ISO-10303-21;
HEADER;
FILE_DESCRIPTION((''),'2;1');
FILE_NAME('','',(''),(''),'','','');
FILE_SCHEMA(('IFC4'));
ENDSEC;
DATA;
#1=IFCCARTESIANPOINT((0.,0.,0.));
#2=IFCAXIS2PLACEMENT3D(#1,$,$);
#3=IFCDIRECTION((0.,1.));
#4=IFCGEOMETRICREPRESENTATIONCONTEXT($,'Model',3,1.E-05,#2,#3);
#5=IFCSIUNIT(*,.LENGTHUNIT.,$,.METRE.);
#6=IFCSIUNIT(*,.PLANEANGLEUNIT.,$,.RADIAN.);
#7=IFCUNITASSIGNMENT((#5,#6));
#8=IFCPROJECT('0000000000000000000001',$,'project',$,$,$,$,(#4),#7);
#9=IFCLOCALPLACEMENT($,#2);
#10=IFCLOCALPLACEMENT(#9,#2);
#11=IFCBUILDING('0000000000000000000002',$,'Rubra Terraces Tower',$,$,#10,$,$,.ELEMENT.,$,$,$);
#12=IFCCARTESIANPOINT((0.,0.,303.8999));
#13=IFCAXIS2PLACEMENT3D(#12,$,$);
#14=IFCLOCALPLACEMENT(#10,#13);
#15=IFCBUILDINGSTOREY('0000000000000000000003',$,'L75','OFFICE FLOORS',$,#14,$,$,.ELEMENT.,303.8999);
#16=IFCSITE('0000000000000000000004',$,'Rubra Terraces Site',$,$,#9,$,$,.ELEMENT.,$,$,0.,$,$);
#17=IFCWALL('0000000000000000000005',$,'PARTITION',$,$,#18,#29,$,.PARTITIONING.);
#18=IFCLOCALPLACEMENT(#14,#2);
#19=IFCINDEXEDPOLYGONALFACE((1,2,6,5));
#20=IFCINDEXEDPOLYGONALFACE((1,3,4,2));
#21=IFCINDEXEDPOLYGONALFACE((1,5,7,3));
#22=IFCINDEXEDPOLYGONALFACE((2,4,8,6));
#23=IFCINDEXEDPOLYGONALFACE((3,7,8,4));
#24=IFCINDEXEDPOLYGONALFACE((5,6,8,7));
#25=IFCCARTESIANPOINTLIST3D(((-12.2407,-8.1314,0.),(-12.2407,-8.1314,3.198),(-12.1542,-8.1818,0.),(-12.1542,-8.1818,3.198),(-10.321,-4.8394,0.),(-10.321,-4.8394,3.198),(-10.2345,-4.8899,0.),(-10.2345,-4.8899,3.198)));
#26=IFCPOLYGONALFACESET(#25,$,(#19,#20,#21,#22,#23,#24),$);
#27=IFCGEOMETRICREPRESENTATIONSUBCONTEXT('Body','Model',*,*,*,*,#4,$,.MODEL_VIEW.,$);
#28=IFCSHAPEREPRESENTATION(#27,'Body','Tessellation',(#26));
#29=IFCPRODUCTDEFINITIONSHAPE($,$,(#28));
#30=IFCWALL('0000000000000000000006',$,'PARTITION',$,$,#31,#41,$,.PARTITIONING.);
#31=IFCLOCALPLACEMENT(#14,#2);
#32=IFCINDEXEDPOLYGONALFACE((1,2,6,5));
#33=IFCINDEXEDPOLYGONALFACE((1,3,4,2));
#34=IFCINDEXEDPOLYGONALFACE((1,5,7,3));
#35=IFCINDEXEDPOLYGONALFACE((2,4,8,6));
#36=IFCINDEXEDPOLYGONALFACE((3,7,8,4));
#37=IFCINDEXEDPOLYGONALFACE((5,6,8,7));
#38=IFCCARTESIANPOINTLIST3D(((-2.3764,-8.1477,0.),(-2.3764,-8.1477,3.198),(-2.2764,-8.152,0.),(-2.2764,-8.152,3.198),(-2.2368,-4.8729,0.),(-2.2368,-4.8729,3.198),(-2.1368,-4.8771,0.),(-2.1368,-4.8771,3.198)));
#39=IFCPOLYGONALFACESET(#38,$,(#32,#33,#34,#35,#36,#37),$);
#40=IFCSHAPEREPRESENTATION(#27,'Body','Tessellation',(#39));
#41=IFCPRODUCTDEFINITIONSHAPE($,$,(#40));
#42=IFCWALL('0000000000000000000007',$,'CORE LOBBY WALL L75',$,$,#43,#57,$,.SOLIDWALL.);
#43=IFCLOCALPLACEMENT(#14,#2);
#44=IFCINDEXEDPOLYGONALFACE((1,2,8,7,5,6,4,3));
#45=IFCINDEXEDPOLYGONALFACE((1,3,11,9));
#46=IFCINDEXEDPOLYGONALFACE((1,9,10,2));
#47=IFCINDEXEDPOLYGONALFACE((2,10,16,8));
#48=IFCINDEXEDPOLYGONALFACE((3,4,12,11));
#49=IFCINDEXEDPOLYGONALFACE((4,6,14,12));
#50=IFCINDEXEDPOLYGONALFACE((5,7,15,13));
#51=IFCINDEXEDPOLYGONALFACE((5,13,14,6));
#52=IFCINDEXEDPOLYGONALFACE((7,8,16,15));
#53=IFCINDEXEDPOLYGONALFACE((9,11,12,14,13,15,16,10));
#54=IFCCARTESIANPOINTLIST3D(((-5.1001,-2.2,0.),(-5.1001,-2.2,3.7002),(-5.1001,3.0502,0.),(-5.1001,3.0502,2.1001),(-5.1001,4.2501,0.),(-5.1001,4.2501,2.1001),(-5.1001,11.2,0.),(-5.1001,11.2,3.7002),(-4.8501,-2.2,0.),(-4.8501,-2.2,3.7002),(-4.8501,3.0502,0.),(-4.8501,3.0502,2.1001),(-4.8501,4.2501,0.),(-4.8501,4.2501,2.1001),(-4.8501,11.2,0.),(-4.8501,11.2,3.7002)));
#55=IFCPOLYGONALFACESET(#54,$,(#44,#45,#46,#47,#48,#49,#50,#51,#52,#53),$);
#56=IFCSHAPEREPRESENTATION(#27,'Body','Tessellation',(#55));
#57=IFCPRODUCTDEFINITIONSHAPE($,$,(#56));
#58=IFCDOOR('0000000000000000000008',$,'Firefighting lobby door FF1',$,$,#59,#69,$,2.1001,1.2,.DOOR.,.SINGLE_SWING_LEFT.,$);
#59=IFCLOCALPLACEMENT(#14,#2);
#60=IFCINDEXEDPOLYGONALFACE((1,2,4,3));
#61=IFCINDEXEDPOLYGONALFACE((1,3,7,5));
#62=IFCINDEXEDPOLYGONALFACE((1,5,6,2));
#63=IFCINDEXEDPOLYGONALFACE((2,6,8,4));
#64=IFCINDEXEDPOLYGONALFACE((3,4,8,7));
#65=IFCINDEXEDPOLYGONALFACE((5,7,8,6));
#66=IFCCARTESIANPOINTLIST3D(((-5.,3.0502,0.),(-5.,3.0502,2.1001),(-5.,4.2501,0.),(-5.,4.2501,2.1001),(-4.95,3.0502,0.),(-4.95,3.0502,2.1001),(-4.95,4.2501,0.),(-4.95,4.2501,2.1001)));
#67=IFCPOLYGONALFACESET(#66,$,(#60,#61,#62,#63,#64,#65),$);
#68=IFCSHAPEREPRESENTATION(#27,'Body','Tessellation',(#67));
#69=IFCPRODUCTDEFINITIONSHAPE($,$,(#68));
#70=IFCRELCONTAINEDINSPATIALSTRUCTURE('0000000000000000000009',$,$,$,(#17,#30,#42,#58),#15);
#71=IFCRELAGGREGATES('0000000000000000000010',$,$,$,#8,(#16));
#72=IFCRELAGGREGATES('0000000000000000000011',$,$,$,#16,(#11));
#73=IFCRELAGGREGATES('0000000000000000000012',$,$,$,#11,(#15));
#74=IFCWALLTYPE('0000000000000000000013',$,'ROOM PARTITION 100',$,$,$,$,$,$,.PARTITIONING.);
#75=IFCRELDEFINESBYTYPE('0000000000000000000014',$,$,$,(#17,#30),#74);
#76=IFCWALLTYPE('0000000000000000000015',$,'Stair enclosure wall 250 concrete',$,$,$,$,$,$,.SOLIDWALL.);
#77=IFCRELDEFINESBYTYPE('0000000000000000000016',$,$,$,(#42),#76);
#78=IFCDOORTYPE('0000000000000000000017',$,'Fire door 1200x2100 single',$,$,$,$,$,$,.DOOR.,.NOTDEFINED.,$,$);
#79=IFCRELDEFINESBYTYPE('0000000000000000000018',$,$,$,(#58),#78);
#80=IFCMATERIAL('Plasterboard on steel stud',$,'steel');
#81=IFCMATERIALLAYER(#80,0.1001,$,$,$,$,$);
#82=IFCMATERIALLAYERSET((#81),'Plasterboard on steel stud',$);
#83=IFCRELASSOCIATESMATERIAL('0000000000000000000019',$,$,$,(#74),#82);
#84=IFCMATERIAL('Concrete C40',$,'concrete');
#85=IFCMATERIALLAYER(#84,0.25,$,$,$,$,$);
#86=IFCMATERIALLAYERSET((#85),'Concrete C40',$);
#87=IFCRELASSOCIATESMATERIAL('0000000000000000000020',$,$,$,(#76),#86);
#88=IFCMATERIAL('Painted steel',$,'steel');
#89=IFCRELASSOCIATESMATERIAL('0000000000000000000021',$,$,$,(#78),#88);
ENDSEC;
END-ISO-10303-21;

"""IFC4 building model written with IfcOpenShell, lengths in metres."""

from ifc_helpers import new_model, si_unit, direction, frame, frame_2d, origin, place, context, subcontext, project, spatial, rectangle, extrude, material, layer, layer_set, type_object, element, fill, save


model = new_model("IFC4")

# Units and contexts
model_context = context("Model", 3, precision=1e-05, world=origin(), true_north=direction((0.0, 1.0)))
body_context = subcontext(model_context, "Body", "Model", "MODEL_VIEW")
ifc_project = project(units=[si_unit("LENGTHUNIT", "METRE"), si_unit("PLANEANGLEUNIT", "RADIAN")], contexts=[model_context])

# Site, building, storey
site_placement = place(None, origin())
site = spatial("IfcSite", under=ifc_project, at=site_placement, Name="Rubra Terraces Site", CompositionType="ELEMENT", RefElevation=0.0)
building_placement = place(site_placement, origin())
building = spatial("IfcBuilding", under=site, at=building_placement, Name="Rubra Terraces Tower", CompositionType="ELEMENT")
storey_placement = place(building_placement, frame((0.0, 0.0, 303.8999)))
storey = spatial("IfcBuildingStorey", under=building, at=storey_placement, Name="L75", Description="OFFICE FLOORS", CompositionType="ELEMENT", Elevation=303.8999)

# Shared definitions
ifc_material_1 = material(Name="Painted steel", Category="steel")

# Shared definitions
ifc_material_2 = material(Name="Plasterboard on steel stud", Category="steel")
ifc_layer_1 = layer(ifc_material_2, 0.1001)
ifc_layer_set_1 = layer_set([ifc_layer_1], Name="Plasterboard on steel stud")
wall_type_1 = type_object("IfcWallType", Name="ROOM PARTITION 100", PredefinedType="PARTITIONING", material=ifc_layer_set_1)

# Walls
wall_1_placement = place(storey_placement, frame((-10.2778, -4.8647, 0.0), z_axis=(0.0, 0.0, 1.0), x_axis=(-0.503744, -0.863853, 0.0)))
element("IfcWall", 1, at=wall_1_placement, inside=storey, type_object=wall_type_1, Name="PARTITION", PredefinedType="PARTITIONING", context=body_context, shape_type="SweptSolid", body=[
    extrude(rectangle(XDim=3.8108, YDim=0.1001, at=frame_2d((1.9053, 0.0))), origin(), (0.0, 0.0, 1.0), 3.198),
])
wall_2_placement = place(storey_placement, frame((-2.1868, -4.875, 0.0), z_axis=(0.0, 0.0, 1.0), x_axis=(-0.042603, -0.999092, 0.0)))
element("IfcWall", 2, at=wall_2_placement, inside=storey, type_object=wall_type_1, Name="PARTITION", PredefinedType="PARTITIONING", context=body_context, shape_type="SweptSolid", body=[
    extrude(rectangle(XDim=3.2778, YDim=0.1001, at=frame_2d((1.6389, 0.0))), origin(), (0.0, 0.0, 1.0), 3.198),
])

# Wall, opening, door
ifc_material_3 = material(Name="Concrete C40", Category="concrete")
ifc_layer_2 = layer(ifc_material_3, 0.25)
ifc_layer_set_2 = layer_set([ifc_layer_2], Name="Concrete C40")
wall_type_2 = type_object("IfcWallType", Name="Stair enclosure wall 250 concrete", PredefinedType="SOLIDWALL", material=ifc_layer_set_2)
wall_3_placement = place(storey_placement, frame((-4.9751, -2.2, 0.0), z_axis=(0.0, 0.0, 1.0), x_axis=(0.0, 1.0, 0.0)))
wall_3 = element("IfcWall", 3, at=wall_3_placement, inside=storey, type_object=wall_type_2, Name="CORE LOBBY WALL L75", PredefinedType="SOLIDWALL", context=body_context, shape_type="SweptSolid", body=[
    extrude(rectangle(XDim=13.3999, YDim=0.25, at=frame_2d((6.7, 0.0))), origin(), (0.0, 0.0, 1.0), 3.7002),
])
opening_1_placement = place(wall_3_placement, frame((5.25, 0.0, 0.0)))
opening_1 = element("IfcOpeningElement", 4, at=opening_1_placement, cuts=wall_3, PredefinedType="OPENING", context=body_context, shape_type="SweptSolid", body=[
    extrude(rectangle(XDim=1.2, YDim=2.1001, at=frame_2d((0.6001, 1.05))), frame((0.0, 0.135, 0.0), z_axis=(0.0, -1.0, 0.0), x_axis=(1.0, 0.0, 0.0)), (0.0, 0.0, 1.0), 0.27),
])
door_type_1 = type_object("IfcDoorType", Name="Fire door 1200x2100 single", OperationType="NOTDEFINED", PredefinedType="DOOR", material=ifc_material_1)
door_1_placement = place(opening_1_placement, origin())
door_1 = element("IfcDoor", 5, at=door_1_placement, inside=storey, type_object=door_type_1, Name="Firefighting lobby door FF1", OperationType="SINGLE_SWING_LEFT", OverallHeight=2.1001, OverallWidth=1.2, PredefinedType="DOOR", context=body_context, shape_type="SweptSolid", body=[
    extrude(rectangle(XDim=1.2, YDim=2.1001, at=frame_2d((0.6001, 1.05))), frame((0.0, 0.0249, 0.0), z_axis=(0.0, -1.0, 0.0), x_axis=(1.0, 0.0, 0.0)), (0.0, 0.0, 1.0), 0.05),
])
fill(opening_1, door_1)

save(model, "model.ifc")
